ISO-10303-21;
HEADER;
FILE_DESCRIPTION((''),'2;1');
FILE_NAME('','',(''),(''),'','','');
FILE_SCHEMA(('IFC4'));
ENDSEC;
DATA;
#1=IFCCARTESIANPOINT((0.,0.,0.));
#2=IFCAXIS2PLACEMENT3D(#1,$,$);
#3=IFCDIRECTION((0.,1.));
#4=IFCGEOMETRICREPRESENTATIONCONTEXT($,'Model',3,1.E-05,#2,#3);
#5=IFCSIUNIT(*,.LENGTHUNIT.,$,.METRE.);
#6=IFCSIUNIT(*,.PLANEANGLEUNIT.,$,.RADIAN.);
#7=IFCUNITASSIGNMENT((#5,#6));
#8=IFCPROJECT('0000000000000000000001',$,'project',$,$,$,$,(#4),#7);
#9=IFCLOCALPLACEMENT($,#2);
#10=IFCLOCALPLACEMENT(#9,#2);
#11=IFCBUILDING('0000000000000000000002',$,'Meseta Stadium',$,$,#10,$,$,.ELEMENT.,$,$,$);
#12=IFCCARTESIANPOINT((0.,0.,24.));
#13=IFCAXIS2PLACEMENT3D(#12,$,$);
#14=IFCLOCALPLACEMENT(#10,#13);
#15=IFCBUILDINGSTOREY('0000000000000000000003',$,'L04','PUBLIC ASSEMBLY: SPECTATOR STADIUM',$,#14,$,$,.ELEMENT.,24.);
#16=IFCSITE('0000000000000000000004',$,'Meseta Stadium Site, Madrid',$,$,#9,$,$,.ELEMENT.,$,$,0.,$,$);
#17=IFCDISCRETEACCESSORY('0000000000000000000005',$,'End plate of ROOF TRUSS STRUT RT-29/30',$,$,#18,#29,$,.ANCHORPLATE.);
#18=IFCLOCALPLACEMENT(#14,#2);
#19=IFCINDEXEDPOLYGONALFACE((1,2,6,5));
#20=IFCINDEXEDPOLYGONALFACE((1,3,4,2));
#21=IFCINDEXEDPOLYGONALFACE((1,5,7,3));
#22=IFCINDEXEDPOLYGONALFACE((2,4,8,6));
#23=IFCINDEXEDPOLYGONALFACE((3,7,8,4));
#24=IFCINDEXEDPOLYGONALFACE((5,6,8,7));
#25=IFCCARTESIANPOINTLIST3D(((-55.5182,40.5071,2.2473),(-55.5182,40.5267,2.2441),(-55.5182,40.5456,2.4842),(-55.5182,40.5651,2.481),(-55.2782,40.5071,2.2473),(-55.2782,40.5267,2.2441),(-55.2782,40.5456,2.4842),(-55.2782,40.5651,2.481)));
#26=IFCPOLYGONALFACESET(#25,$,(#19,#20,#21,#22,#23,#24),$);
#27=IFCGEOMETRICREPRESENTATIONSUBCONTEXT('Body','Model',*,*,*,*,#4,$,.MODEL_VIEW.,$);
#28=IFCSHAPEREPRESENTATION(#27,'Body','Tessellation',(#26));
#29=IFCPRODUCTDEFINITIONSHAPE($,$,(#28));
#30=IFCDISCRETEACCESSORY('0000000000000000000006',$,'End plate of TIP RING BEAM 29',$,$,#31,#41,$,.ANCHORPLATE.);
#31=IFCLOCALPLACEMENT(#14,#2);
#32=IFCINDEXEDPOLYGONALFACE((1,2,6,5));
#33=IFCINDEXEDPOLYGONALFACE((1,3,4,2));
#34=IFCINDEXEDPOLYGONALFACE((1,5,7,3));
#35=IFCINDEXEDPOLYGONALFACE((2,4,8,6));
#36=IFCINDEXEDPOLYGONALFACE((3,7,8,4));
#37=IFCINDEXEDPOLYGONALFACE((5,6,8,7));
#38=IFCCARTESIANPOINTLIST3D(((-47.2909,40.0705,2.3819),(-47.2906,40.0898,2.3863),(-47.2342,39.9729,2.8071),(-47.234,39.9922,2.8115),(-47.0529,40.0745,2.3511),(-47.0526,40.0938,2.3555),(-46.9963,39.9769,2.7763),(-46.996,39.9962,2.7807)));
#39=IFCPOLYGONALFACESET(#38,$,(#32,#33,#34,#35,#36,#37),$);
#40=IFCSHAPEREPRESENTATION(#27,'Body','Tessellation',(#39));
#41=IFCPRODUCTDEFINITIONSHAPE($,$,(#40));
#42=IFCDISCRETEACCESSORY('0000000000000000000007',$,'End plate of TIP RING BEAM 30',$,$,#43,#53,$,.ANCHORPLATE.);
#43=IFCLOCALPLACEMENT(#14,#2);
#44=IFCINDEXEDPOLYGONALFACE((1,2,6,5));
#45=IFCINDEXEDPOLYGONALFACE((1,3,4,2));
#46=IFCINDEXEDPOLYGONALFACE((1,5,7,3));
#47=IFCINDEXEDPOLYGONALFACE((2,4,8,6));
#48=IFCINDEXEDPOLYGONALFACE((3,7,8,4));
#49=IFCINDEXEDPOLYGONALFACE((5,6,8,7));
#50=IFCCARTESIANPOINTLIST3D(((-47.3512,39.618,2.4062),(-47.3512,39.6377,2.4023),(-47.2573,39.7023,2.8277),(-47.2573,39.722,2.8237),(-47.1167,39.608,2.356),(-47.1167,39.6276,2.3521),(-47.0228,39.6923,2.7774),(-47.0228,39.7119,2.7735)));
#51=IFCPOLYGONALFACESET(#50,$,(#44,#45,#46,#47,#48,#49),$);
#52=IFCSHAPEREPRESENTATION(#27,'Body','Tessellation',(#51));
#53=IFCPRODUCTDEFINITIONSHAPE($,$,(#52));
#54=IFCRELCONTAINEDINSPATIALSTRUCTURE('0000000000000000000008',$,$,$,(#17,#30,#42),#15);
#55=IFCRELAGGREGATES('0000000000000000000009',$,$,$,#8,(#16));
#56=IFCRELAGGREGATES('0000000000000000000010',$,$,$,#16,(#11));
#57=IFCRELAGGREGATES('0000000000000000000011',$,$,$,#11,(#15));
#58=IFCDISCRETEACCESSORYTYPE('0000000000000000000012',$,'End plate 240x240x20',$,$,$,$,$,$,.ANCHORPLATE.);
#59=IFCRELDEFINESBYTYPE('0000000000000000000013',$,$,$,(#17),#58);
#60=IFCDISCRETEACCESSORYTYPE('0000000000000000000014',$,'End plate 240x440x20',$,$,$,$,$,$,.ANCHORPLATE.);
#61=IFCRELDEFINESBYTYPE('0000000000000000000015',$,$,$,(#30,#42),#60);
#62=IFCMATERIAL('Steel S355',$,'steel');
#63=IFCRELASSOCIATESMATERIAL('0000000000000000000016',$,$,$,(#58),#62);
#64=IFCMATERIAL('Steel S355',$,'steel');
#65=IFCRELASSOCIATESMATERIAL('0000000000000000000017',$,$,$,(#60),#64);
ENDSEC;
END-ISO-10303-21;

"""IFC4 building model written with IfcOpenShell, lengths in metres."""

from ifc_helpers import new_model, si_unit, direction, frame, origin, origin_2d, place, context, subcontext, project, spatial, rectangle, extrude, material, material_profile, profile_set, type_object, element, save


model = new_model("IFC4")

# Units and contexts
model_context = context("Model", 3, precision=1e-05, world=origin(), true_north=direction((0.0, 1.0)))
body_context = subcontext(model_context, "Body", "Model", "MODEL_VIEW")
ifc_project = project(units=[si_unit("LENGTHUNIT", "METRE"), si_unit("PLANEANGLEUNIT", "RADIAN")], contexts=[model_context])

# Site, building, storey
site_placement = place(None, origin())
site = spatial("IfcSite", under=ifc_project, at=site_placement, Name="Meseta Stadium Site, Madrid", CompositionType="ELEMENT", RefElevation=0.0)
building_placement = place(site_placement, origin())
building = spatial("IfcBuilding", under=site, at=building_placement, Name="Meseta Stadium", CompositionType="ELEMENT")
storey_placement = place(building_placement, frame((0.0, 0.0, 24.0)))
storey = spatial("IfcBuildingStorey", under=building, at=storey_placement, Name="L04", Description="PUBLIC ASSEMBLY: SPECTATOR STADIUM", CompositionType="ELEMENT", Elevation=24.0)

# Discrete accessories
ifc_material_1 = material(Name="Steel S355", Category="steel")
ifc_material_profile_1 = material_profile(ifc_material_1, rectangle(XDim=0.24, YDim=0.24, at=origin_2d()), Name="PL 240x240")
ifc_profile_set_1 = profile_set([ifc_material_profile_1], Name="Steel S355")
discrete_accessory_type_1 = type_object("IfcDiscreteAccessoryType", Name="End plate 240x240x20", PredefinedType="ANCHORPLATE", material=ifc_profile_set_1)
discrete_accessory_1_placement = place(storey_placement, frame((-55.3982, 40.5459, 2.3625), z_axis=(0.0, -0.987053, 0.160396), x_axis=(1.0, 0.0, 0.0)))
element("IfcDiscreteAccessory", 1, at=discrete_accessory_1_placement, inside=storey, type_object=discrete_accessory_type_1, Name="End plate of ROOF TRUSS STRUT RT-29/30", PredefinedType="ANCHORPLATE", context=body_context, shape_type="SweptSolid", body=[
    extrude(rectangle(XDim=0.24, YDim=0.24, at=origin_2d()), origin(), (0.0, 0.0, 1.0), 0.0198),
])
ifc_material_2 = material(Name="Steel S355", Category="steel")
ifc_material_profile_2 = material_profile(ifc_material_2, rectangle(XDim=0.24, YDim=0.4399, at=origin_2d()), Name="PL 240x440")
ifc_profile_set_2 = profile_set([ifc_material_profile_2], Name="Steel S355")
discrete_accessory_type_2 = type_object("IfcDiscreteAccessoryType", Name="End plate 240x440x20", PredefinedType="ANCHORPLATE", material=ifc_profile_set_2)
discrete_accessory_2_placement = place(storey_placement, frame((-47.1433, 40.043, 2.5835), z_axis=(-0.012341, -0.974937, -0.222138), x_axis=(0.991605, 0.016665, -0.128229)))
element("IfcDiscreteAccessory", 2, at=discrete_accessory_2_placement, inside=storey, type_object=discrete_accessory_type_2, Name="End plate of TIP RING BEAM 29", PredefinedType="ANCHORPLATE", context=body_context, shape_type="SweptSolid", body=[
    extrude(rectangle(XDim=0.24, YDim=0.4399, at=origin_2d()), origin(), (0.0, 0.0, 1.0), 0.0198),
])
discrete_accessory_3_placement = place(storey_placement, frame((-47.187, 39.6748, 2.5879), z_axis=(0.0, -0.980581, 0.196116), x_axis=(0.976967, -0.041849, -0.209245)))
element("IfcDiscreteAccessory", 3, at=discrete_accessory_3_placement, inside=storey, type_object=discrete_accessory_type_2, Name="End plate of TIP RING BEAM 30", PredefinedType="ANCHORPLATE", context=body_context, shape_type="SweptSolid", body=[
    extrude(rectangle(XDim=0.24, YDim=0.4399, at=origin_2d()), origin(), (0.0, 0.0, 1.0), 0.02),
])

save(model, "model.ifc")
